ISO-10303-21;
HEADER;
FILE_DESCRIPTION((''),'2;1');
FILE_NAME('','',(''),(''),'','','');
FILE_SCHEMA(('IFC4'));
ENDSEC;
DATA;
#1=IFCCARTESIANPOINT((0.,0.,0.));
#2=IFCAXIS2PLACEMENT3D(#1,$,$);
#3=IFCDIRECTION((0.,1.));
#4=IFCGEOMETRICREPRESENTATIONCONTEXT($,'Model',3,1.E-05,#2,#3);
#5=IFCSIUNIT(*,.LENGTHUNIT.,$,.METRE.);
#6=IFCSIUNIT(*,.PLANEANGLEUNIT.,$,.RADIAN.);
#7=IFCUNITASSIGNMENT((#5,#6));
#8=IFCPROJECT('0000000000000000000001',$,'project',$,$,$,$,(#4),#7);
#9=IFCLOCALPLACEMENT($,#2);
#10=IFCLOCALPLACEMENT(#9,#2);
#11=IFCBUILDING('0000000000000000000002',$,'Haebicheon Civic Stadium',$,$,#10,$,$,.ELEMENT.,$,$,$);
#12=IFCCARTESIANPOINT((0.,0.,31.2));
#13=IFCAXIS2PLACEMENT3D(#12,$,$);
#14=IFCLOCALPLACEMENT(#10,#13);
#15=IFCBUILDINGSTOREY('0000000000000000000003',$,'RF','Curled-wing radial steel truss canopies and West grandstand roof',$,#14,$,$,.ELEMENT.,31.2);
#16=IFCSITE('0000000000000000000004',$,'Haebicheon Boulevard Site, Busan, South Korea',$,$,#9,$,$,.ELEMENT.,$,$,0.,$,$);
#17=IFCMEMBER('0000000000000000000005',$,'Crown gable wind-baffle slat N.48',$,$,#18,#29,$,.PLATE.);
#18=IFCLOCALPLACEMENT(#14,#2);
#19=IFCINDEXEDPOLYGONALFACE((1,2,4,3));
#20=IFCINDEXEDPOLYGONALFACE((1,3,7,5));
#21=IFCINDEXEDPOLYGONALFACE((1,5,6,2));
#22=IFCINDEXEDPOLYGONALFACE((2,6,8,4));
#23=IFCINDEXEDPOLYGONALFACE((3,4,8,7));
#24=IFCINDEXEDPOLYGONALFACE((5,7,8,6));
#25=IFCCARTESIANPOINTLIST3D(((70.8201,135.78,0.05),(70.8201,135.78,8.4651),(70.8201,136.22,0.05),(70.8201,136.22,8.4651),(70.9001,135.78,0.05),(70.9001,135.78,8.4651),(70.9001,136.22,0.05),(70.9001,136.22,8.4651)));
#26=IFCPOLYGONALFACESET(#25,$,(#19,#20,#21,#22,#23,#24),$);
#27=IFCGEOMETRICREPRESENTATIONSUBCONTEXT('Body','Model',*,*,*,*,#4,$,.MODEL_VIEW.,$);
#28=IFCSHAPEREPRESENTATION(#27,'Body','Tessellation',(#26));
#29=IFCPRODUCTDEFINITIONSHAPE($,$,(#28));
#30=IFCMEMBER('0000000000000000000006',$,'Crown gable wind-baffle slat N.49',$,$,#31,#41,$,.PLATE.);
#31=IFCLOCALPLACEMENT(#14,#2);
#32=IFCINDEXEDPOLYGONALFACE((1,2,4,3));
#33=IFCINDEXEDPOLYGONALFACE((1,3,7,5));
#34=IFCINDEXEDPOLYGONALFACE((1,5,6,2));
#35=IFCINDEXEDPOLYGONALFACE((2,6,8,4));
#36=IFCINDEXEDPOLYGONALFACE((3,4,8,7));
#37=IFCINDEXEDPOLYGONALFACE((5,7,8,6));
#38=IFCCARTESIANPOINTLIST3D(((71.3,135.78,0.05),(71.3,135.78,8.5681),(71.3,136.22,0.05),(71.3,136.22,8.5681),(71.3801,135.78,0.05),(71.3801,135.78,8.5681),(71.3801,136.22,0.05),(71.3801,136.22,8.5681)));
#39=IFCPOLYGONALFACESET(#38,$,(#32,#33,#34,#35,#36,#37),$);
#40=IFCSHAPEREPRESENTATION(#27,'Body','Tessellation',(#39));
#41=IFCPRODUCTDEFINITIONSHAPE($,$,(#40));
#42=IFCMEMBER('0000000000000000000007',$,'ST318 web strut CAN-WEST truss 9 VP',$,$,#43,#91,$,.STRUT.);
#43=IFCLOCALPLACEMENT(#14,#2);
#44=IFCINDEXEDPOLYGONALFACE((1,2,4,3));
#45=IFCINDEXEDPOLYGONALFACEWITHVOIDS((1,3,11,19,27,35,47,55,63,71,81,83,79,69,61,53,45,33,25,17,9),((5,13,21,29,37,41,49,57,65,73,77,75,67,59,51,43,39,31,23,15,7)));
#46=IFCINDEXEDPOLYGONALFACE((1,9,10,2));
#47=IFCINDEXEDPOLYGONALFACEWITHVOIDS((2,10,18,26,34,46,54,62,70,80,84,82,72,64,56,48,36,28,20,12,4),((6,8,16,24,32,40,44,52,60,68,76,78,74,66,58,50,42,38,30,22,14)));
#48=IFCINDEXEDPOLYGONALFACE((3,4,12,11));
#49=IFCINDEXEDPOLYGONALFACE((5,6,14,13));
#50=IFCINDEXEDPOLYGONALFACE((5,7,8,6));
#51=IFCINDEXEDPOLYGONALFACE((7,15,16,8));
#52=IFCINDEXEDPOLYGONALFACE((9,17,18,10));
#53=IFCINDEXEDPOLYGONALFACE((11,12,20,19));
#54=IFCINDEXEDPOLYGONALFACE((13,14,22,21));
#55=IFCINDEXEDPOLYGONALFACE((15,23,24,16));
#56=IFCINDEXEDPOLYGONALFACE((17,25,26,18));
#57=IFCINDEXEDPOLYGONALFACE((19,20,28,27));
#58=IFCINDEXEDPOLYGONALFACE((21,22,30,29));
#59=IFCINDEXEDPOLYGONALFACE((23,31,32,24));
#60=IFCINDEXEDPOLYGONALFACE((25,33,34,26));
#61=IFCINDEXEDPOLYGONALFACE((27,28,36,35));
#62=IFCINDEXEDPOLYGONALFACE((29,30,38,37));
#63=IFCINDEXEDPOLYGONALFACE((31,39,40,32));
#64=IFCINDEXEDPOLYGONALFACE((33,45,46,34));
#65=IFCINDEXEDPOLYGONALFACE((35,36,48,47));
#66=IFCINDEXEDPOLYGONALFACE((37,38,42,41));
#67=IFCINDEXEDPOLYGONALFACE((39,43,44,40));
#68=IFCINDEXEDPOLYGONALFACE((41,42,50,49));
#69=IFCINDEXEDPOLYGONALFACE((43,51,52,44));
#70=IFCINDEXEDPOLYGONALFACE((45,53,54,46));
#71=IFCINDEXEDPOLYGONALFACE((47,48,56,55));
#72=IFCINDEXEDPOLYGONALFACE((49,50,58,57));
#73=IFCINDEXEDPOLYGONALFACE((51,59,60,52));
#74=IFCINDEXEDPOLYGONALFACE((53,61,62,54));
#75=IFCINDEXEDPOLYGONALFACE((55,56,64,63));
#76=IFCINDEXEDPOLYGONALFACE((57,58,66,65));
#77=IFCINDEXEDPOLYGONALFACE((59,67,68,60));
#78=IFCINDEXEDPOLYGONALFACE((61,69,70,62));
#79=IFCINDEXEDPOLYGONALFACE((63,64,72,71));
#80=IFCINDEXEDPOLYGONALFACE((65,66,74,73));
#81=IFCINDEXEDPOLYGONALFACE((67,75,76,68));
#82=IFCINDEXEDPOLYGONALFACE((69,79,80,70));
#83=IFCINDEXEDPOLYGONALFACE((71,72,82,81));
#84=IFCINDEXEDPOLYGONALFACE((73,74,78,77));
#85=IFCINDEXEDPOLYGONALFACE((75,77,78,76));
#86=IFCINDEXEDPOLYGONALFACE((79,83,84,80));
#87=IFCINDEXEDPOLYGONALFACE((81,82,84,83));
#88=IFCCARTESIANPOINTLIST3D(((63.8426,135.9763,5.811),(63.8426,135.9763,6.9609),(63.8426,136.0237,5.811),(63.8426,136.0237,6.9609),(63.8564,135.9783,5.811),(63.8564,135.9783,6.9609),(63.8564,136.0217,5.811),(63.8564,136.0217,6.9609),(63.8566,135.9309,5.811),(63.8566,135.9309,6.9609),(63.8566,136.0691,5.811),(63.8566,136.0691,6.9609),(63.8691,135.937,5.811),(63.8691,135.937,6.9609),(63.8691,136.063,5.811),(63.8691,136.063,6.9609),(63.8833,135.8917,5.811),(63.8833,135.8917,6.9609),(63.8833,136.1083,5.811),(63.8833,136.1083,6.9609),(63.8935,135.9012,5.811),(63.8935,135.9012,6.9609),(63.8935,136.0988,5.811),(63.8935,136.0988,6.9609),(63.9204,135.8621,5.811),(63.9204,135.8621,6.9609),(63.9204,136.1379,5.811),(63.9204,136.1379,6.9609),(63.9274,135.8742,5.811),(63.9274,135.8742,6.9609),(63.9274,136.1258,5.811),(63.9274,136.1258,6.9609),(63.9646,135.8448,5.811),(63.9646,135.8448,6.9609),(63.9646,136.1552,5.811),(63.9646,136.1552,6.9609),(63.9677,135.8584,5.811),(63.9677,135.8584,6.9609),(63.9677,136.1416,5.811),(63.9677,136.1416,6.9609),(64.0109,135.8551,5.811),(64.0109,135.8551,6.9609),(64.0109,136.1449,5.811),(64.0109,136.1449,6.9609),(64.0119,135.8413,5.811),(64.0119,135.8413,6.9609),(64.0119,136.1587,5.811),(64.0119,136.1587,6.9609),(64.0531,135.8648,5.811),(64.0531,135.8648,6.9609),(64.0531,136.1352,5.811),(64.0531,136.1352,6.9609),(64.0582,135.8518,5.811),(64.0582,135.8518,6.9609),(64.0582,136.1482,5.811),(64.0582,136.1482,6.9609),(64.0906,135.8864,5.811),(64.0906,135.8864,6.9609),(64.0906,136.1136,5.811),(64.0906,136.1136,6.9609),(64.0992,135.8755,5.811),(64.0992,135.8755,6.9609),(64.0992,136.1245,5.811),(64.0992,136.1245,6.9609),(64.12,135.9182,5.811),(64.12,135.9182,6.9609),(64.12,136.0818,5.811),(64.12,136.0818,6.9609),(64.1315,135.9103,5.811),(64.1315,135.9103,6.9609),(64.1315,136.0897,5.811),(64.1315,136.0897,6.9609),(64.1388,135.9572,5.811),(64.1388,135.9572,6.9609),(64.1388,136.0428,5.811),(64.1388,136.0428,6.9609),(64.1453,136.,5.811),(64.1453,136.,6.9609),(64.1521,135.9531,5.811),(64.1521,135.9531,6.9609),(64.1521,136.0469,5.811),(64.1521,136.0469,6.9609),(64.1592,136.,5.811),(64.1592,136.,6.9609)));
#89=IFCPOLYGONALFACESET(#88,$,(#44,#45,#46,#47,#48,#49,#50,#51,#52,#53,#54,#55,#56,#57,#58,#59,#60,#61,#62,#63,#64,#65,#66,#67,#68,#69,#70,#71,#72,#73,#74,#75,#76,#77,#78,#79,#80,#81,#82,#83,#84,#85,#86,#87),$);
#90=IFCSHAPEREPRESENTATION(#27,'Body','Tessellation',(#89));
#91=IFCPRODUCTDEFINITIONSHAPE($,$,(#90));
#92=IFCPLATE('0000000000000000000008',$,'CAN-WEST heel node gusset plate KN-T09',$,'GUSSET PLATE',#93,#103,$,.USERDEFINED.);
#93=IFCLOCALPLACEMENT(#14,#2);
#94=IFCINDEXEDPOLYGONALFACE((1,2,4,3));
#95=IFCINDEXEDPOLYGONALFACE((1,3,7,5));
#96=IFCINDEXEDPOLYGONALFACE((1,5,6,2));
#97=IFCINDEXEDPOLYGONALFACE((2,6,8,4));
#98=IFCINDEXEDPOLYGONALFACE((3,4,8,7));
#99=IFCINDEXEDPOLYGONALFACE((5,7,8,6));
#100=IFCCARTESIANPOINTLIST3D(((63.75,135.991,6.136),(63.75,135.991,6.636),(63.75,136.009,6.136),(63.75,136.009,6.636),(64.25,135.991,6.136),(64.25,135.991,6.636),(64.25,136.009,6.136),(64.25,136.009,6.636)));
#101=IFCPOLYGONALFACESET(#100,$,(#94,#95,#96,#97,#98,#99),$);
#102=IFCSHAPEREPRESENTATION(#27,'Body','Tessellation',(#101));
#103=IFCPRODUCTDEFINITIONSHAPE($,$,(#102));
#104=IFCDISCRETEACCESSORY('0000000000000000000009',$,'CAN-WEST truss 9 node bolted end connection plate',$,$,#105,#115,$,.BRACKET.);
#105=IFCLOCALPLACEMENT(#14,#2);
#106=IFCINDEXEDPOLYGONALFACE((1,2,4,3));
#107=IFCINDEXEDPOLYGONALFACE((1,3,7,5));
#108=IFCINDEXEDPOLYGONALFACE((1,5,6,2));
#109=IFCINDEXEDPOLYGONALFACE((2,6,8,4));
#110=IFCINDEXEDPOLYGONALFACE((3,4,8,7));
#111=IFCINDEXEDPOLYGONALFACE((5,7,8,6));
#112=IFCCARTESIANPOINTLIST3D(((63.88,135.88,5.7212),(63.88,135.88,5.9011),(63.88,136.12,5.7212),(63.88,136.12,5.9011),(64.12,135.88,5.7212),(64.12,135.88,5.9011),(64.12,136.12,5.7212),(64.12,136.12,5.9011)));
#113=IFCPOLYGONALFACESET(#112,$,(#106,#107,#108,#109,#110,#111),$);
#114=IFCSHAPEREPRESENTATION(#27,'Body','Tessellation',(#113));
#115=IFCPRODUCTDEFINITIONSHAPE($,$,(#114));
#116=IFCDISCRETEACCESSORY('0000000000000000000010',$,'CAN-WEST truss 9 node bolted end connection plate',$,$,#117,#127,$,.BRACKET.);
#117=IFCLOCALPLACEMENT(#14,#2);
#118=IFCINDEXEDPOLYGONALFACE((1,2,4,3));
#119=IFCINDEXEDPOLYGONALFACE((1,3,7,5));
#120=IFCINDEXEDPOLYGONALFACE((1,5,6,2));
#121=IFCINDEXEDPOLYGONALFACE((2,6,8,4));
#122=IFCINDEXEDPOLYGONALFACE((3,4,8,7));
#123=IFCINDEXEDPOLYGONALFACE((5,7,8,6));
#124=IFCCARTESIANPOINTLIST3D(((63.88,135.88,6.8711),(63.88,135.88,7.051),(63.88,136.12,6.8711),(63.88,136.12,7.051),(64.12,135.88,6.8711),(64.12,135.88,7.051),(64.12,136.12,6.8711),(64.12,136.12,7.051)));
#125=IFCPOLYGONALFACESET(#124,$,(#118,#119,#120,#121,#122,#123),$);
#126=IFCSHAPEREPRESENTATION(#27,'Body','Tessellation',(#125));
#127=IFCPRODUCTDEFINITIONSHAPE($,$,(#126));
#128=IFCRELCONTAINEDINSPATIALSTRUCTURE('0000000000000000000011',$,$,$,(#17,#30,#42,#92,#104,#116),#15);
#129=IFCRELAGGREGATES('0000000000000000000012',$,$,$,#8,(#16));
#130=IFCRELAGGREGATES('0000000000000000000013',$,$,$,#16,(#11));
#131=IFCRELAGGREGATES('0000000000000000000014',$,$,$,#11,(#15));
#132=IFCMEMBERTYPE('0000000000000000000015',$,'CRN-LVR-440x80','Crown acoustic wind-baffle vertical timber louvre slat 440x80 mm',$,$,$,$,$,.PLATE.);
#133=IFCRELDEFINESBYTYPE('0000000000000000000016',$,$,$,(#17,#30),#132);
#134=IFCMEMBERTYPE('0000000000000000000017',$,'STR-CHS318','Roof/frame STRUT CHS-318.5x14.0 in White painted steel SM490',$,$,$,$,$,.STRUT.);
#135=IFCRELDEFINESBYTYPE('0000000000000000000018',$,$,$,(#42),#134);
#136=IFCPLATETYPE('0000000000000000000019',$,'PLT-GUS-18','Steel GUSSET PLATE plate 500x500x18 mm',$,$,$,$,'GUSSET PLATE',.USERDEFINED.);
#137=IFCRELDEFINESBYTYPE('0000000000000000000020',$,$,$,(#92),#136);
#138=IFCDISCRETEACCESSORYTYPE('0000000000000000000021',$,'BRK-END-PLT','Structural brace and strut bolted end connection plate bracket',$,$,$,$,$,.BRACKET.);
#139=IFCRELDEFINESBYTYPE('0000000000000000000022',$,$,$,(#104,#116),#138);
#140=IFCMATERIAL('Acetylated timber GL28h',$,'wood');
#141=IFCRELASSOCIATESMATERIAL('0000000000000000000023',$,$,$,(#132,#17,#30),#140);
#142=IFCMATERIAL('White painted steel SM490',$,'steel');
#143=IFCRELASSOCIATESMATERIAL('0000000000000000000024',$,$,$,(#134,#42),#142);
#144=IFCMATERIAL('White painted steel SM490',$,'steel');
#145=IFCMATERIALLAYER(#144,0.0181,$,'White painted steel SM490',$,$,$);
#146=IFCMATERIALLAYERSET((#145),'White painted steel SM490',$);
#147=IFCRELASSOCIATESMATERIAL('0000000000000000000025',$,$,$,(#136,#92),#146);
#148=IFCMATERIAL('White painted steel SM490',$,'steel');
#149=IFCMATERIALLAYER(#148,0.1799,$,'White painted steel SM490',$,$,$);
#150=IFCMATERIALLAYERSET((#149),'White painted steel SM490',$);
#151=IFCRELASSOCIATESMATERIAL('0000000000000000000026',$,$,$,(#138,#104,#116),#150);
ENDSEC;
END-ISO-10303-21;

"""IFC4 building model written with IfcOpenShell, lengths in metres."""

from ifc_helpers import new_model, si_unit, direction, frame, origin, origin_2d, place, context, subcontext, project, spatial, rectangle, hollow_circle, extrude, material, layer, layer_set, material_profile, profile_set, type_object, element, save


model = new_model("IFC4")

# Units and contexts
model_context = context("Model", 3, precision=1e-05, world=origin(), true_north=direction((0.0, 1.0)))
body_context = subcontext(model_context, "Body", "Model", "MODEL_VIEW")
ifc_project = project(units=[si_unit("LENGTHUNIT", "METRE"), si_unit("PLANEANGLEUNIT", "RADIAN")], contexts=[model_context])

# Site, building, storey
site_placement = place(None, origin())
site = spatial("IfcSite", under=ifc_project, at=site_placement, Name="Haebicheon Boulevard Site, Busan, South Korea", CompositionType="ELEMENT", RefElevation=0.0)
building_placement = place(site_placement, origin())
building = spatial("IfcBuilding", under=site, at=building_placement, Name="Haebicheon Civic Stadium", CompositionType="ELEMENT")
storey_placement = place(building_placement, frame((0.0, 0.0, 31.2)))
storey = spatial("IfcBuildingStorey", under=building, at=storey_placement, Name="RF", Description="Curled-wing radial steel truss canopies and West grandstand roof", CompositionType="ELEMENT", Elevation=31.2)

# Members
ifc_material_1 = material(Name="Acetylated timber GL28h", Category="wood")
ifc_material_profile_1 = material_profile(ifc_material_1, rectangle(XDim=0.0801, YDim=0.4399, at=origin_2d()), Name="TMB-LOUV-80x440")
ifc_profile_set_1 = profile_set([ifc_material_profile_1], Name="Acetylated timber GL28h")
member_type_1 = type_object("IfcMemberType", Name="CRN-LVR-440x80", Description="Crown acoustic wind-baffle vertical timber louvre slat 440x80 mm", PredefinedType="PLATE", material=ifc_profile_set_1)
member_1_placement = place(storey_placement, frame((70.8601, 136.0, 0.05), z_axis=(0.0, 0.0, 1.0), x_axis=(1.0, 0.0, 0.0)))
element("IfcMember", 1, at=member_1_placement, inside=storey, type_object=member_type_1, material=ifc_profile_set_1, Name="Crown gable wind-baffle slat N.48", PredefinedType="PLATE", context=body_context, shape_type="SweptSolid", body=[
    extrude(rectangle(XDim=0.0801, YDim=0.4399, at=origin_2d()), origin(), (0.0, 0.0, 1.0), 8.415),
])
member_2_placement = place(storey_placement, frame((71.3401, 136.0, 0.05), z_axis=(0.0, 0.0, 1.0), x_axis=(1.0, 0.0, 0.0)))
element("IfcMember", 2, at=member_2_placement, inside=storey, type_object=member_type_1, material=ifc_profile_set_1, Name="Crown gable wind-baffle slat N.49", PredefinedType="PLATE", context=body_context, shape_type="SweptSolid", body=[
    extrude(rectangle(XDim=0.0801, YDim=0.4399, at=origin_2d()), origin(), (0.0, 0.0, 1.0), 8.5181),
])
ifc_material_2 = material(Name="White painted steel SM490", Category="steel")
ifc_material_profile_2 = material_profile(ifc_material_2, hollow_circle(Radius=0.1592, WallThickness=0.0139, at=origin_2d()), Name="CHS-318.5x14.0")
ifc_profile_set_2 = profile_set([ifc_material_profile_2], Name="White painted steel SM490")
member_type_2 = type_object("IfcMemberType", Name="STR-CHS318", Description="Roof/frame STRUT CHS-318.5x14.0 in White painted steel SM490", PredefinedType="STRUT", material=ifc_profile_set_2)
member_3_placement = place(storey_placement, frame((64.0, 136.0, 5.811), z_axis=(0.0, 0.0, 1.0), x_axis=(1.0, 0.0, 0.0)))
element("IfcMember", 3, at=member_3_placement, inside=storey, type_object=member_type_2, material=ifc_profile_set_2, Name="ST318 web strut CAN-WEST truss 9 VP", PredefinedType="STRUT", context=body_context, shape_type="SweptSolid", body=[
    extrude(hollow_circle(Radius=0.1592, WallThickness=0.0139, at=origin_2d()), origin(), (0.0, 0.0, 1.0), 1.1499),
])

# Plate
ifc_material_3 = material(Name="White painted steel SM490", Category="steel")
ifc_layer_1 = layer(ifc_material_3, 0.0181, Name="White painted steel SM490")
ifc_layer_set_1 = layer_set([ifc_layer_1], Name="White painted steel SM490")
plate_type = type_object("IfcPlateType", Name="PLT-GUS-18", Description="Steel GUSSET PLATE plate 500x500x18 mm", ElementType="GUSSET PLATE", PredefinedType="USERDEFINED", material=ifc_layer_set_1)
plate_placement = place(storey_placement, frame((64.0, 136.0, 6.136), z_axis=(0.0, 0.0, 1.0), x_axis=(1.0, 0.0, 0.0)))
element("IfcPlate", 4, at=plate_placement, inside=storey, type_object=plate_type, material=ifc_layer_set_1, Name="CAN-WEST heel node gusset plate KN-T09", ObjectType="GUSSET PLATE", PredefinedType="USERDEFINED", context=body_context, shape_type="SweptSolid", body=[
    extrude(rectangle(XDim=0.5, YDim=0.0181, at=origin_2d()), origin(), (0.0, 0.0, 1.0), 0.5),
])

# Discrete accessories
ifc_material_4 = material(Name="White painted steel SM490", Category="steel")
ifc_layer_2 = layer(ifc_material_4, 0.1799, Name="White painted steel SM490")
ifc_layer_set_2 = layer_set([ifc_layer_2], Name="White painted steel SM490")
discrete_accessory_type = type_object("IfcDiscreteAccessoryType", Name="BRK-END-PLT", Description="Structural brace and strut bolted end connection plate bracket", PredefinedType="BRACKET", material=ifc_layer_set_2)
for number, where, z_axis, x_axis, name in (
    (5, (64.0, 136.0, 5.7212), (0.0, 0.0, 1.0), (1.0, 0.0, 0.0), "CAN-WEST truss 9 node bolted end connection plate"),
    (6, (64.0, 136.0, 6.8711), (0.0, 0.0, 1.0), (1.0, 0.0, 0.0), "CAN-WEST truss 9 node bolted end connection plate"),
):
    element("IfcDiscreteAccessory", number, at=place(storey_placement, frame(where, z_axis=z_axis, x_axis=x_axis)), inside=storey, type_object=discrete_accessory_type, material=ifc_layer_set_2, Name=name, PredefinedType="BRACKET", context=body_context, shape_type="SweptSolid", body=[
        extrude(rectangle(XDim=0.24, YDim=0.24, at=origin_2d()), origin(), (0.0, 0.0, 1.0), 0.1799),
    ])

save(model, "model.ifc")
